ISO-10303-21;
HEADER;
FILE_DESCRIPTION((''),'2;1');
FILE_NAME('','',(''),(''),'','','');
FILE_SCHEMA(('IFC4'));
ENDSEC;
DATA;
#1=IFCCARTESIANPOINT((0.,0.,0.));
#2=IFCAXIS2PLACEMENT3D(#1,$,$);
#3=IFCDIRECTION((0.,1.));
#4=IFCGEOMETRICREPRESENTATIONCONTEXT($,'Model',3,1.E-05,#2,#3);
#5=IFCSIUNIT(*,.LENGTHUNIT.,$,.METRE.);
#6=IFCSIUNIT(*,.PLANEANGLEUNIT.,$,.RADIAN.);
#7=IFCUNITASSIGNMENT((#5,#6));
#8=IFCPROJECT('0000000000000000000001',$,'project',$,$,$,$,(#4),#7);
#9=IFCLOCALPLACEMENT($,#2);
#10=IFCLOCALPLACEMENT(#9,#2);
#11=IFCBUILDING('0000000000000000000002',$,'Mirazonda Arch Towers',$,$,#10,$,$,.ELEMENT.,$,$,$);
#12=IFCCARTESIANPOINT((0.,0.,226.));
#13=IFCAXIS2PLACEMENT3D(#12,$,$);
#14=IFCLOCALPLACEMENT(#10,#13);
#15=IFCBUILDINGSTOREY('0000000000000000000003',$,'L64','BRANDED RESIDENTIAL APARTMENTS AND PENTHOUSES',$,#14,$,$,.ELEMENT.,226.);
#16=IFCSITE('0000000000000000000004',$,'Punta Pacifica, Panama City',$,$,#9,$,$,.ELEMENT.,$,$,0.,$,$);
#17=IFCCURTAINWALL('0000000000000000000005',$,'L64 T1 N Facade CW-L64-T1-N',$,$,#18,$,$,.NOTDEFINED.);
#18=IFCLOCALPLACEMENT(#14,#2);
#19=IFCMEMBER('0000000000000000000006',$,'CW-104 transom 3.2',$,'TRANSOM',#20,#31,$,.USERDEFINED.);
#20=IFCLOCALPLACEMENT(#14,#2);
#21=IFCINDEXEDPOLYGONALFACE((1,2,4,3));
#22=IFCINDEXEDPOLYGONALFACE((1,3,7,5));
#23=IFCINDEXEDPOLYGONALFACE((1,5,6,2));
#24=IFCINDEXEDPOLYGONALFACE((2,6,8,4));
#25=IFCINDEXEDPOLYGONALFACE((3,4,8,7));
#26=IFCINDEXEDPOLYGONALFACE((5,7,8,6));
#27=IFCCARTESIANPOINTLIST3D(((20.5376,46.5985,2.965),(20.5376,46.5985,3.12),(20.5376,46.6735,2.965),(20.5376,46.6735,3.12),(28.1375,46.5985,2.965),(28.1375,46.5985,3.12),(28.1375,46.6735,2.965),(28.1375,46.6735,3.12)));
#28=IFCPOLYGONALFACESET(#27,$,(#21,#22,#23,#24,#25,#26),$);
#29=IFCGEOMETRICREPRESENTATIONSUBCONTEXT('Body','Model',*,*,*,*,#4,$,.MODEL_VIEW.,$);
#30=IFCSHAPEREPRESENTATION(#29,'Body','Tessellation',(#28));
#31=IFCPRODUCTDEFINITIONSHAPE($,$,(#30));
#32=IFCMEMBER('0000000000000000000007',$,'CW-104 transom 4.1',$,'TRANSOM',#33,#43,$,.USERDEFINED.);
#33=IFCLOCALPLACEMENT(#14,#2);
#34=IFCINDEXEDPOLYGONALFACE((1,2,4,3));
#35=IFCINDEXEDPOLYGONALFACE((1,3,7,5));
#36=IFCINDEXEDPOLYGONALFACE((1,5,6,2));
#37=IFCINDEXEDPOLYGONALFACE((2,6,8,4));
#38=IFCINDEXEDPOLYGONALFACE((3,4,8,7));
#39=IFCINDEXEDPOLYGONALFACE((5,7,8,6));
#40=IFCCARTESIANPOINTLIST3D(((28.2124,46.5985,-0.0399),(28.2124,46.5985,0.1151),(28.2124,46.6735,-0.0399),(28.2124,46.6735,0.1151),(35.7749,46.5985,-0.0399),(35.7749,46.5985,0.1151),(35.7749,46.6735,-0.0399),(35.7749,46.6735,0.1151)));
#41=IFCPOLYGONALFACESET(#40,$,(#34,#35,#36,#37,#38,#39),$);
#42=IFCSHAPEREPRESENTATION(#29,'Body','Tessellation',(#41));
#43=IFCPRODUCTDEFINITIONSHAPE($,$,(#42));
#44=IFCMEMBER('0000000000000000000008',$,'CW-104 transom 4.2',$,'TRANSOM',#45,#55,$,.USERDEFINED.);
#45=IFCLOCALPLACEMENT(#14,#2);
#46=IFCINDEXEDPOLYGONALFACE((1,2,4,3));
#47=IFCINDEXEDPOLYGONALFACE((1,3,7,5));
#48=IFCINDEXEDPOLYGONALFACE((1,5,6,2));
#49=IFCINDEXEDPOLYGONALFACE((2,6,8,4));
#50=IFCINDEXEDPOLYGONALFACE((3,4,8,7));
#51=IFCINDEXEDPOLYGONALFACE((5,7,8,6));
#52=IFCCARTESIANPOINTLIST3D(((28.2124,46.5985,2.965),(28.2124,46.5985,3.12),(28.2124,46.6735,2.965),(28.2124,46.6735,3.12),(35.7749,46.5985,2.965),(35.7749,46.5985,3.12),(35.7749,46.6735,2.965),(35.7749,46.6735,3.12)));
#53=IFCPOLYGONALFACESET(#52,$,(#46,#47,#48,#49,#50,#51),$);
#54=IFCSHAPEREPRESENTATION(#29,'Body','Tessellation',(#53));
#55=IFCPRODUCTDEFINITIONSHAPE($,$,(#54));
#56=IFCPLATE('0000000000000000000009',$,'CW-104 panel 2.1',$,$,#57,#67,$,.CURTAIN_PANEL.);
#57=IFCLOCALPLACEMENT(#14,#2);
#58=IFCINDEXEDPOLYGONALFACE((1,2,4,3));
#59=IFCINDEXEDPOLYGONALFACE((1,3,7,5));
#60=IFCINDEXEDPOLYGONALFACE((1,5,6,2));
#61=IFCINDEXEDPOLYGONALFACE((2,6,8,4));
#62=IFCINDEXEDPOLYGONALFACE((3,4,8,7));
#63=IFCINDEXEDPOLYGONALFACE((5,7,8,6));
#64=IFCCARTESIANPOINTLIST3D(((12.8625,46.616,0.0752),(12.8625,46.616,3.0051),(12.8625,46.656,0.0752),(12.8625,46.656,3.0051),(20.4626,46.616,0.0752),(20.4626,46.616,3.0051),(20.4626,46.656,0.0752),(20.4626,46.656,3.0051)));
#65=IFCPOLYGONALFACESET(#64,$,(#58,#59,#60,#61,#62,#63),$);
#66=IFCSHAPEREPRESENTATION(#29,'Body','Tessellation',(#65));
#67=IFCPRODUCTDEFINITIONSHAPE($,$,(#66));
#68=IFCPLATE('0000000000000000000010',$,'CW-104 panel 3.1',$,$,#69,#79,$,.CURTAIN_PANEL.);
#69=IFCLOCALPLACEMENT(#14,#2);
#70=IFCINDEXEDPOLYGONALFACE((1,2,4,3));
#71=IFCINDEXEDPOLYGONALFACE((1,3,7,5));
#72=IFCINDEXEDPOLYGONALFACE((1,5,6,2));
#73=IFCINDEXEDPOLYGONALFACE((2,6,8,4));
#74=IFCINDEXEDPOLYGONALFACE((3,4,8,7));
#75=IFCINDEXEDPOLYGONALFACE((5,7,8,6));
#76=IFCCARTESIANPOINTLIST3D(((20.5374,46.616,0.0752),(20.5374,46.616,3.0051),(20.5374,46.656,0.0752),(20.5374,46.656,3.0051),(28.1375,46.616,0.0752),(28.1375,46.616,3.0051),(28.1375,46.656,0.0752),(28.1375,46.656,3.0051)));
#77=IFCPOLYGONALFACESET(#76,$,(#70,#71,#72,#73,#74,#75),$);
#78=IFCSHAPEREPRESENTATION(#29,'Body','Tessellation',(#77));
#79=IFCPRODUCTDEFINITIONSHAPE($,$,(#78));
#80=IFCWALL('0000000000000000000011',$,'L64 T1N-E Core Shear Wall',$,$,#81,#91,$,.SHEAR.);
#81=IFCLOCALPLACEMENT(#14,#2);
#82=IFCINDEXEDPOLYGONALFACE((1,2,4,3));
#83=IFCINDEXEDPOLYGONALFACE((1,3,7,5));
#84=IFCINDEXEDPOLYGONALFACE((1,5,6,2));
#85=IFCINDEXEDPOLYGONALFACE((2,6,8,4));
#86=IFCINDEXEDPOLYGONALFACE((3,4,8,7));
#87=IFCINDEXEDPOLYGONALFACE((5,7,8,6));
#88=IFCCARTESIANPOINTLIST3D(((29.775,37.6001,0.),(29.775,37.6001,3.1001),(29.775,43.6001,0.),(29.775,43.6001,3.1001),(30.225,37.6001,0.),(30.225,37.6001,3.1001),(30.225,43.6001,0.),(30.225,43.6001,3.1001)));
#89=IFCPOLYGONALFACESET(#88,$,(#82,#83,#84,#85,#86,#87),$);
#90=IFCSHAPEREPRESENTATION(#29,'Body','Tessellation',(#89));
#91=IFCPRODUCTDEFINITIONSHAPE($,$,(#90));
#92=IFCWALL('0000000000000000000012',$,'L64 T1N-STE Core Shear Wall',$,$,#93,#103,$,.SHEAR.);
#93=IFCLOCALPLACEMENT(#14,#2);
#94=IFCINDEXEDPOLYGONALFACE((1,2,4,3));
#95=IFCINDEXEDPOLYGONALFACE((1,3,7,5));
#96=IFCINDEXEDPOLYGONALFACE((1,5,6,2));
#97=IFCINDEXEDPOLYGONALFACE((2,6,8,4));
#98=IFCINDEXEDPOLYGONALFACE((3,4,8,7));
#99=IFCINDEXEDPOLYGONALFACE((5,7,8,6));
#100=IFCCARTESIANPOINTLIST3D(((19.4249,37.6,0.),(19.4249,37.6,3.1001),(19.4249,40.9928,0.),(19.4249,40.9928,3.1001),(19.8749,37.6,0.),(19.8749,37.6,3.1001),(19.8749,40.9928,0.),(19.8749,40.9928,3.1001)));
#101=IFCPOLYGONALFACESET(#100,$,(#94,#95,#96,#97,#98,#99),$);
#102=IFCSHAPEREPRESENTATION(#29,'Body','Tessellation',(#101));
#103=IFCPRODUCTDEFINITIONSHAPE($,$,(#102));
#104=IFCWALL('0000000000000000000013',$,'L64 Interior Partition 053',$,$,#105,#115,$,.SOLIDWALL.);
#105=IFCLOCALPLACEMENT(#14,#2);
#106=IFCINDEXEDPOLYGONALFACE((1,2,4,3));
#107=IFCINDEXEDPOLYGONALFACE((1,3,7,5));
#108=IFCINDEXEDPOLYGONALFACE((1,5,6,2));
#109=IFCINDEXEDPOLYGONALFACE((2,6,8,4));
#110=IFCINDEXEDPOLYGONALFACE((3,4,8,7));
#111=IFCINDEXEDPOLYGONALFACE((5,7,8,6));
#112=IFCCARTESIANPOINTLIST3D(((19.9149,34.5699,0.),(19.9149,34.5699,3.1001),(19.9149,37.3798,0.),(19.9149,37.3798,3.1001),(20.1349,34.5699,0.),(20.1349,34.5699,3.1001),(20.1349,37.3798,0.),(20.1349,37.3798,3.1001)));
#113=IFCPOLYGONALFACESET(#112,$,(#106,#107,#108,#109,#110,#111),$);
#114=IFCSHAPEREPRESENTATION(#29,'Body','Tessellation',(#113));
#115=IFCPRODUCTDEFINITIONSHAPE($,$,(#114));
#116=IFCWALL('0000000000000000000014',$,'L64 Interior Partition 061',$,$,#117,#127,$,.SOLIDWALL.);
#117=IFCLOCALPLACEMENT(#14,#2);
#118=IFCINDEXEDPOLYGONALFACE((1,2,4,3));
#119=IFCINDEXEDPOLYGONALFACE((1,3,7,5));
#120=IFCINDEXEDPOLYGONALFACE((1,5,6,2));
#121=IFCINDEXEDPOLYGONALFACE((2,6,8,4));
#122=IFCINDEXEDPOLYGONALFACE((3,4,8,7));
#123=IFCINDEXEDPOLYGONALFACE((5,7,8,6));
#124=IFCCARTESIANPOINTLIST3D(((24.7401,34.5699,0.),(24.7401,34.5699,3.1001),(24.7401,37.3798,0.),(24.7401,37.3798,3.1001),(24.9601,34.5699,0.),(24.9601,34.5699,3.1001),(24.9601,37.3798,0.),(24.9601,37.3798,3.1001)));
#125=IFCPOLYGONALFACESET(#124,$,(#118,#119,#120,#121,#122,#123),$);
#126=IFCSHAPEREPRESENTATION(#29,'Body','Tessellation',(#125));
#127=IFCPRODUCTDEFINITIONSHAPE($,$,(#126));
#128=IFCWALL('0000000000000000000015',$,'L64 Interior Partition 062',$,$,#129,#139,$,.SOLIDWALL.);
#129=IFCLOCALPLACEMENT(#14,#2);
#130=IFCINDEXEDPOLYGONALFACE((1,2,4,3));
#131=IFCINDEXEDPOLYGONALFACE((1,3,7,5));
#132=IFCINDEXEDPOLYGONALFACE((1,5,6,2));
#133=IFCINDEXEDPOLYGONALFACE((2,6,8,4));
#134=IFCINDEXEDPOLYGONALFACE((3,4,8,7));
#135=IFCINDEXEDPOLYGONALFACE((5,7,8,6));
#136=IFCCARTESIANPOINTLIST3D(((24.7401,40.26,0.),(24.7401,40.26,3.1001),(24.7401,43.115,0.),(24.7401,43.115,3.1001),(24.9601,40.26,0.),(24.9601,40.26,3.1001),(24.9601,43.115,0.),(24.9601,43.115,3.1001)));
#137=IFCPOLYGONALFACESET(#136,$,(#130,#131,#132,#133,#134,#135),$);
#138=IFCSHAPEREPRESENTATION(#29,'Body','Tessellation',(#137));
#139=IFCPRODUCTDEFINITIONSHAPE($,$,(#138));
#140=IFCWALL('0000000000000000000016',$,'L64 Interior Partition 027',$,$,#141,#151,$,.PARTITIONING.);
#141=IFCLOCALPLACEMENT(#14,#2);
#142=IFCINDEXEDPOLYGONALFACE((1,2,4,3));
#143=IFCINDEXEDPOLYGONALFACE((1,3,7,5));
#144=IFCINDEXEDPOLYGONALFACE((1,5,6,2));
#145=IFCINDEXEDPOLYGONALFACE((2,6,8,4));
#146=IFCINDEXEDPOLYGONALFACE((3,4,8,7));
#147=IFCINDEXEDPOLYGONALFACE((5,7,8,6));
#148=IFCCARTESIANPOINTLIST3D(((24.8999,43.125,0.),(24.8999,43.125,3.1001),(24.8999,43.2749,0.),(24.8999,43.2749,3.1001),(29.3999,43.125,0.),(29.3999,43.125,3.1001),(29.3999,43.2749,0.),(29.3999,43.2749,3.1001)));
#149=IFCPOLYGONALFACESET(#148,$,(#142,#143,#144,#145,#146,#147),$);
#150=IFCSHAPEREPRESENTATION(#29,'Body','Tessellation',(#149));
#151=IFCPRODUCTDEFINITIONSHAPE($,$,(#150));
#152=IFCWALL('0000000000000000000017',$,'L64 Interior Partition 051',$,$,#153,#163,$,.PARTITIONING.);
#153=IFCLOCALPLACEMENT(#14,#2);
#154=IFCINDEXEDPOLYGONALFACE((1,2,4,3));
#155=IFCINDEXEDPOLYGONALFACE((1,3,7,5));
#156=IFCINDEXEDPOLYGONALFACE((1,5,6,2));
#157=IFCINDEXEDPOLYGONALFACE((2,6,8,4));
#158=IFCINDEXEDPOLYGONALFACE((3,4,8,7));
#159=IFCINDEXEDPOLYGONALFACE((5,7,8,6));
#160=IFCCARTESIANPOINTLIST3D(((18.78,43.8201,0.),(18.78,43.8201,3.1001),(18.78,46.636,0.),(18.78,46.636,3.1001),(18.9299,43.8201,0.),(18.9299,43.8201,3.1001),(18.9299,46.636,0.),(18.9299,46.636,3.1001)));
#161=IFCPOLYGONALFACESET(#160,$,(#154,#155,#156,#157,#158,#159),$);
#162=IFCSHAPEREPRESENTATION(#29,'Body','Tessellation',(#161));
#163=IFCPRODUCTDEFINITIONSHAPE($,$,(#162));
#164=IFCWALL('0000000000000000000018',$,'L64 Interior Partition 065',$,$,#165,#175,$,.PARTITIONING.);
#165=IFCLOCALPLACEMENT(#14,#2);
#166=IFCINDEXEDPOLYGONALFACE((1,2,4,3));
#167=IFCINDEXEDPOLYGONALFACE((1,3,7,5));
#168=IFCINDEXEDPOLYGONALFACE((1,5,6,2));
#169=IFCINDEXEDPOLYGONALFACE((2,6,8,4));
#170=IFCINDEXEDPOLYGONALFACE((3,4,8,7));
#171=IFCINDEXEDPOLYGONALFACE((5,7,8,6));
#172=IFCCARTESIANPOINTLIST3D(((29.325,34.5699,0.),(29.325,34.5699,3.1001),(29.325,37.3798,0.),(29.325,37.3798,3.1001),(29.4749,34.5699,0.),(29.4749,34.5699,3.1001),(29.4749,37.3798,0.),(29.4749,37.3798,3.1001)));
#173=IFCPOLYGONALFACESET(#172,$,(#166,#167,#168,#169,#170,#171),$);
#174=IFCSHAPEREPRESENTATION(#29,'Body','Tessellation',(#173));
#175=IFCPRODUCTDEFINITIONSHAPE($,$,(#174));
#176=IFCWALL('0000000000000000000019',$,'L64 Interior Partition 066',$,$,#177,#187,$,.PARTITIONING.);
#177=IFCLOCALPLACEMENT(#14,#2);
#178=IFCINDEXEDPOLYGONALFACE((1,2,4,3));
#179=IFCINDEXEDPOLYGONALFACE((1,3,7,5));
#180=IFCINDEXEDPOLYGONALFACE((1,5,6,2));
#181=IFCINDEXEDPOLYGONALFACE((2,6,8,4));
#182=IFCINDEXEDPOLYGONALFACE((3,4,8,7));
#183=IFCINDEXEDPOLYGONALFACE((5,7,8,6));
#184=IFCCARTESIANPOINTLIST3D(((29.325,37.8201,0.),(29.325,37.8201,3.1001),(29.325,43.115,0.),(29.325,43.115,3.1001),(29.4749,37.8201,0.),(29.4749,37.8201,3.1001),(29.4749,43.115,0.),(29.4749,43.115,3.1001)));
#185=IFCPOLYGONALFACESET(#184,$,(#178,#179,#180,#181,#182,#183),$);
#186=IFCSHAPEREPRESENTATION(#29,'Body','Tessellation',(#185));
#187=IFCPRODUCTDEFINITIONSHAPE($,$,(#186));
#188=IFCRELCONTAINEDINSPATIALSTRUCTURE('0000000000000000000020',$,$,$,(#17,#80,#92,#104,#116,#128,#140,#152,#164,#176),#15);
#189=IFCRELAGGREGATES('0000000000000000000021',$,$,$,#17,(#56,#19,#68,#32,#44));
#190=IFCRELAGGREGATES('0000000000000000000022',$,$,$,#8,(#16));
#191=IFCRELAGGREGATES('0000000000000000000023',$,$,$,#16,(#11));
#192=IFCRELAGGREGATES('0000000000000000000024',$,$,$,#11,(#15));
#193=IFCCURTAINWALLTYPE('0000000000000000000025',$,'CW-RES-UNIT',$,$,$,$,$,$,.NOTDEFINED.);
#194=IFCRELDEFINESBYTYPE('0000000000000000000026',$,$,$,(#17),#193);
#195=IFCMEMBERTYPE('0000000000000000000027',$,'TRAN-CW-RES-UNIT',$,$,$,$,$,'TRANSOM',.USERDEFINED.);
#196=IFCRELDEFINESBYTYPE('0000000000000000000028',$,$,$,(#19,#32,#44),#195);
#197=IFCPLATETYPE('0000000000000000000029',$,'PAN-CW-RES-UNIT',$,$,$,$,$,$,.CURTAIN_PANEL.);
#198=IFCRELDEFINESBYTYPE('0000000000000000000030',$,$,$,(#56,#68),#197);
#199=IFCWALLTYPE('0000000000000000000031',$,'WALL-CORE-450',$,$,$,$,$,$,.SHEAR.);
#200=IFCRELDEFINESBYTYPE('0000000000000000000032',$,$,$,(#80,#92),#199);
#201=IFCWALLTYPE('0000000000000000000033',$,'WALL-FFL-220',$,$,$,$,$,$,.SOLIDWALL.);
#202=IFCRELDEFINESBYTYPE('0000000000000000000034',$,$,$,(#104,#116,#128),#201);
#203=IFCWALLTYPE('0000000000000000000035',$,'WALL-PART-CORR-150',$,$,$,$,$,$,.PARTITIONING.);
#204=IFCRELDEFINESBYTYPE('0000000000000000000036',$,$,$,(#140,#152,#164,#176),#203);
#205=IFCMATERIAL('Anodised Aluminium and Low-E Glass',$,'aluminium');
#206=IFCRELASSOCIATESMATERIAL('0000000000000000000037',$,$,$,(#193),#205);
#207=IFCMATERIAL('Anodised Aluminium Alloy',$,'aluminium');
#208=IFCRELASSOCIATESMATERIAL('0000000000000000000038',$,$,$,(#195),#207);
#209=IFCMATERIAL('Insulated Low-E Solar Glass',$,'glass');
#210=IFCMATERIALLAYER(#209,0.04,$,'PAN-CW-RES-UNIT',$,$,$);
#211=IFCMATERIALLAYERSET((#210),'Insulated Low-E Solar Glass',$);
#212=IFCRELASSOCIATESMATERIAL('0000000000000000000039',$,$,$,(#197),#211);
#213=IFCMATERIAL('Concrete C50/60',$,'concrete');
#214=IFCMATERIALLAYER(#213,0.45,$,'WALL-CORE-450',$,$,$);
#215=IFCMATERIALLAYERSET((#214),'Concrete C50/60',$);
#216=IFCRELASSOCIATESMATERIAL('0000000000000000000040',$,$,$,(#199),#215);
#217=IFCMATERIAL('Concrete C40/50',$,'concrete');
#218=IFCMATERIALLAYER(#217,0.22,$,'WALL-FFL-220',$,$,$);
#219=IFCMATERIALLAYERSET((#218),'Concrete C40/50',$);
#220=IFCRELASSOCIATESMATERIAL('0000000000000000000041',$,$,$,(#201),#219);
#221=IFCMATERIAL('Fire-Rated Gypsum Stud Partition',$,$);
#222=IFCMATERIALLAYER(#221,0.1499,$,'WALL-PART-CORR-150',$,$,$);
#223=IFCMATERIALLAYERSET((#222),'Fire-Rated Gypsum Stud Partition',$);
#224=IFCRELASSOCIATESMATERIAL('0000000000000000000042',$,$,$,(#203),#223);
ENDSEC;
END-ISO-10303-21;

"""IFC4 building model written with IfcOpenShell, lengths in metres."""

from ifc_helpers import new_model, si_unit, direction, frame, frame_2d, origin, origin_2d, place, context, subcontext, project, spatial, rectangle, extrude, material, layer, layer_set, material_profile, profile_set, type_object, element, aggregate, save


model = new_model("IFC4")

# Units and contexts
model_context = context("Model", 3, precision=1e-05, world=origin(), true_north=direction((0.0, 1.0)))
body_context = subcontext(model_context, "Body", "Model", "MODEL_VIEW")
ifc_project = project(units=[si_unit("LENGTHUNIT", "METRE"), si_unit("PLANEANGLEUNIT", "RADIAN")], contexts=[model_context])

# Site, building, storey
site_placement = place(None, origin())
site = spatial("IfcSite", under=ifc_project, at=site_placement, Name="Punta Pacifica, Panama City", CompositionType="ELEMENT", RefElevation=0.0)
building_placement = place(site_placement, origin())
building = spatial("IfcBuilding", under=site, at=building_placement, Name="Mirazonda Arch Towers", CompositionType="ELEMENT")
storey_placement = place(building_placement, frame((0.0, 0.0, 226.0)))
storey = spatial("IfcBuildingStorey", under=building, at=storey_placement, Name="L64", Description="BRANDED RESIDENTIAL APARTMENTS AND PENTHOUSES", CompositionType="ELEMENT", Elevation=226.0)

# Shared definitions
ifc_material_1 = material(Name="Concrete C50/60", Category="concrete")

# Curtain wall, members, plates
ifc_material_2 = material(Name="Anodised Aluminium and Low-E Glass", Category="aluminium")
curtain_wall_type = type_object("IfcCurtainWallType", Name="CW-RES-UNIT", PredefinedType="NOTDEFINED", material=ifc_material_2)
curtain_wall_placement = place(storey_placement, origin())
curtain_wall = element("IfcCurtainWall", 1, at=curtain_wall_placement, inside=storey, type_object=curtain_wall_type, Name="L64 T1 N Facade CW-L64-T1-N", PredefinedType="NOTDEFINED")
ifc_material_3 = material(Name="Anodised Aluminium Alloy", Category="aluminium")
ifc_material_profile_1 = material_profile(ifc_material_3, rectangle(XDim=0.075, YDim=0.155, at=origin_2d()), Name="ALU-TRAN-75x155")
ifc_profile_set_1 = profile_set([ifc_material_profile_1], Name="Anodised Aluminium Alloy")
member_type_1 = type_object("IfcMemberType", Name="TRAN-CW-RES-UNIT", ElementType="TRANSOM", PredefinedType="USERDEFINED", material=ifc_profile_set_1)
member_1_placement = place(storey_placement, frame((20.5376, 46.636, 3.0425), z_axis=(1.0, 0.0, 0.0), x_axis=(0.0, 1.0, 0.0)))
member_1 = element("IfcMember", 2, at=member_1_placement, type_object=member_type_1, Name="CW-104 transom 3.2", ObjectType="TRANSOM", PredefinedType="USERDEFINED", context=body_context, shape_type="SweptSolid", body=[
    extrude(rectangle(XDim=0.075, YDim=0.155, at=origin_2d()), origin(), (0.0, 0.0, 1.0), 7.5999),
])
member_2_placement = place(storey_placement, frame((28.2124, 46.636, 0.0376), z_axis=(1.0, 0.0, 0.0), x_axis=(0.0, 1.0, 0.0)))
member_2 = element("IfcMember", 3, at=member_2_placement, type_object=member_type_1, Name="CW-104 transom 4.1", ObjectType="TRANSOM", PredefinedType="USERDEFINED", context=body_context, shape_type="SweptSolid", body=[
    extrude(rectangle(XDim=0.075, YDim=0.155, at=origin_2d()), origin(), (0.0, 0.0, 1.0), 7.5625),
])
member_3_placement = place(storey_placement, frame((28.2124, 46.636, 3.0425), z_axis=(1.0, 0.0, 0.0), x_axis=(0.0, 1.0, 0.0)))
member_3 = element("IfcMember", 4, at=member_3_placement, type_object=member_type_1, Name="CW-104 transom 4.2", ObjectType="TRANSOM", PredefinedType="USERDEFINED", context=body_context, shape_type="SweptSolid", body=[
    extrude(rectangle(XDim=0.075, YDim=0.155, at=origin_2d()), origin(), (0.0, 0.0, 1.0), 7.5625),
])
ifc_material_4 = material(Name="Insulated Low-E Solar Glass", Category="glass")
ifc_layer_1 = layer(ifc_material_4, 0.04, Name="PAN-CW-RES-UNIT")
ifc_layer_set_1 = layer_set([ifc_layer_1], Name="Insulated Low-E Solar Glass")
plate_type = type_object("IfcPlateType", Name="PAN-CW-RES-UNIT", PredefinedType="CURTAIN_PANEL", material=ifc_layer_set_1)
plate_1_placement = place(storey_placement, frame((16.6626, 46.636, 0.0752), z_axis=(0.0, 0.0, 1.0), x_axis=(1.0, 0.0, 0.0)))
plate_1 = element("IfcPlate", 5, at=plate_1_placement, type_object=plate_type, Name="CW-104 panel 2.1", PredefinedType="CURTAIN_PANEL", context=body_context, shape_type="SweptSolid", body=[
    extrude(rectangle(XDim=7.6001, YDim=0.04, at=origin_2d()), origin(), (0.0, 0.0, 1.0), 2.9299),
])
plate_2_placement = place(storey_placement, frame((24.3374, 46.636, 0.0752), z_axis=(0.0, 0.0, 1.0), x_axis=(1.0, 0.0, 0.0)))
plate_2 = element("IfcPlate", 6, at=plate_2_placement, type_object=plate_type, Name="CW-104 panel 3.1", PredefinedType="CURTAIN_PANEL", context=body_context, shape_type="SweptSolid", body=[
    extrude(rectangle(XDim=7.6001, YDim=0.04, at=origin_2d()), origin(), (0.0, 0.0, 1.0), 2.9299),
])
aggregate(curtain_wall, [plate_1, member_1, plate_2, member_2, member_3])

# Walls
ifc_layer_2 = layer(ifc_material_1, 0.45, Name="WALL-CORE-450")
ifc_layer_set_2 = layer_set([ifc_layer_2], Name="Concrete C50/60")
wall_type_1 = type_object("IfcWallType", Name="WALL-CORE-450", PredefinedType="SHEAR", material=ifc_layer_set_2)
wall_1_placement = place(storey_placement, frame((30.0, 37.6001, 0.0), z_axis=(0.0, 0.0, 1.0), x_axis=(0.0, 1.0, 0.0)))
element("IfcWall", 7, at=wall_1_placement, inside=storey, type_object=wall_type_1, Name="L64 T1N-E Core Shear Wall", PredefinedType="SHEAR", context=body_context, shape_type="SweptSolid", body=[
    extrude(rectangle(XDim=6.0, YDim=0.45, at=frame_2d((3.0, 0.0))), origin(), (0.0, 0.0, 1.0), 3.1001),
])
wall_2_placement = place(storey_placement, frame((19.6499, 37.6001, 0.0), z_axis=(0.0, 0.0, 1.0), x_axis=(0.0, 1.0, 0.0)))
element("IfcWall", 8, at=wall_2_placement, inside=storey, type_object=wall_type_1, Name="L64 T1N-STE Core Shear Wall", PredefinedType="SHEAR", context=body_context, shape_type="SweptSolid", body=[
    extrude(rectangle(XDim=3.3928, YDim=0.45, at=frame_2d((1.6963, 0.0))), origin(), (0.0, 0.0, 1.0), 3.1001),
])
ifc_material_5 = material(Name="Concrete C40/50", Category="concrete")
ifc_layer_3 = layer(ifc_material_5, 0.22, Name="WALL-FFL-220")
ifc_layer_set_3 = layer_set([ifc_layer_3], Name="Concrete C40/50")
wall_type_2 = type_object("IfcWallType", Name="WALL-FFL-220", PredefinedType="SOLIDWALL", material=ifc_layer_set_3)
for number, where, z_axis, x_axis, name in (
    (9, (20.0249, 34.5701, 0.0), (0.0, 0.0, 1.0), (0.0, 1.0, 0.0), "L64 Interior Partition 053"),
    (10, (24.8501, 34.5701, 0.0), (0.0, 0.0, 1.0), (0.0, 1.0, 0.0), "L64 Interior Partition 061"),
):
    element("IfcWall", number, at=place(storey_placement, frame(where, z_axis=z_axis, x_axis=x_axis)), inside=storey, type_object=wall_type_2, Name=name, PredefinedType="SOLIDWALL", context=body_context, shape_type="SweptSolid", body=[
        extrude(rectangle(XDim=2.8098, YDim=0.22, at=frame_2d((1.4048, 0.0))), origin(), (0.0, 0.0, 1.0), 3.1001),
    ])
wall_3_placement = place(storey_placement, frame((24.8501, 40.26, 0.0), z_axis=(0.0, 0.0, 1.0), x_axis=(0.0, 1.0, 0.0)))
element("IfcWall", 11, at=wall_3_placement, inside=storey, type_object=wall_type_2, Name="L64 Interior Partition 062", PredefinedType="SOLIDWALL", context=body_context, shape_type="SweptSolid", body=[
    extrude(rectangle(XDim=2.855, YDim=0.22, at=frame_2d((1.4275, 0.0))), origin(), (0.0, 0.0, 1.0), 3.1001),
])
ifc_material_6 = material(Name="Fire-Rated Gypsum Stud Partition")
ifc_layer_4 = layer(ifc_material_6, 0.1499, Name="WALL-PART-CORR-150")
ifc_layer_set_4 = layer_set([ifc_layer_4], Name="Fire-Rated Gypsum Stud Partition")
wall_type_3 = type_object("IfcWallType", Name="WALL-PART-CORR-150", PredefinedType="PARTITIONING", material=ifc_layer_set_4)
wall_4_placement = place(storey_placement, frame((24.8999, 43.2, 0.0), z_axis=(0.0, 0.0, 1.0), x_axis=(1.0, 0.0, 0.0)))
element("IfcWall", 12, at=wall_4_placement, inside=storey, type_object=wall_type_3, Name="L64 Interior Partition 027", PredefinedType="PARTITIONING", context=body_context, shape_type="SweptSolid", body=[
    extrude(rectangle(XDim=4.5, YDim=0.1499, at=frame_2d((2.25, 0.0))), origin(), (0.0, 0.0, 1.0), 3.1001),
])
wall_5_placement = place(storey_placement, frame((18.855, 43.8201, 0.0), z_axis=(0.0, 0.0, 1.0), x_axis=(0.0, 1.0, 0.0)))
element("IfcWall", 13, at=wall_5_placement, inside=storey, type_object=wall_type_3, Name="L64 Interior Partition 051", PredefinedType="PARTITIONING", context=body_context, shape_type="SweptSolid", body=[
    extrude(rectangle(XDim=2.8159, YDim=0.1499, at=frame_2d((1.408, 0.0))), origin(), (0.0, 0.0, 1.0), 3.1001),
])
wall_6_placement = place(storey_placement, frame((29.3999, 34.5701, 0.0), z_axis=(0.0, 0.0, 1.0), x_axis=(0.0, 1.0, 0.0)))
element("IfcWall", 14, at=wall_6_placement, inside=storey, type_object=wall_type_3, Name="L64 Interior Partition 065", PredefinedType="PARTITIONING", context=body_context, shape_type="SweptSolid", body=[
    extrude(rectangle(XDim=2.8098, YDim=0.1499, at=frame_2d((1.4048, 0.0))), origin(), (0.0, 0.0, 1.0), 3.1001),
])
wall_7_placement = place(storey_placement, frame((29.3999, 37.8201, 0.0), z_axis=(0.0, 0.0, 1.0), x_axis=(0.0, 1.0, 0.0)))
element("IfcWall", 15, at=wall_7_placement, inside=storey, type_object=wall_type_3, Name="L64 Interior Partition 066", PredefinedType="PARTITIONING", context=body_context, shape_type="SweptSolid", body=[
    extrude(rectangle(XDim=5.2949, YDim=0.1499, at=frame_2d((2.6475, 0.0))), origin(), (0.0, 0.0, 1.0), 3.1001),
])

save(model, "model.ifc")
